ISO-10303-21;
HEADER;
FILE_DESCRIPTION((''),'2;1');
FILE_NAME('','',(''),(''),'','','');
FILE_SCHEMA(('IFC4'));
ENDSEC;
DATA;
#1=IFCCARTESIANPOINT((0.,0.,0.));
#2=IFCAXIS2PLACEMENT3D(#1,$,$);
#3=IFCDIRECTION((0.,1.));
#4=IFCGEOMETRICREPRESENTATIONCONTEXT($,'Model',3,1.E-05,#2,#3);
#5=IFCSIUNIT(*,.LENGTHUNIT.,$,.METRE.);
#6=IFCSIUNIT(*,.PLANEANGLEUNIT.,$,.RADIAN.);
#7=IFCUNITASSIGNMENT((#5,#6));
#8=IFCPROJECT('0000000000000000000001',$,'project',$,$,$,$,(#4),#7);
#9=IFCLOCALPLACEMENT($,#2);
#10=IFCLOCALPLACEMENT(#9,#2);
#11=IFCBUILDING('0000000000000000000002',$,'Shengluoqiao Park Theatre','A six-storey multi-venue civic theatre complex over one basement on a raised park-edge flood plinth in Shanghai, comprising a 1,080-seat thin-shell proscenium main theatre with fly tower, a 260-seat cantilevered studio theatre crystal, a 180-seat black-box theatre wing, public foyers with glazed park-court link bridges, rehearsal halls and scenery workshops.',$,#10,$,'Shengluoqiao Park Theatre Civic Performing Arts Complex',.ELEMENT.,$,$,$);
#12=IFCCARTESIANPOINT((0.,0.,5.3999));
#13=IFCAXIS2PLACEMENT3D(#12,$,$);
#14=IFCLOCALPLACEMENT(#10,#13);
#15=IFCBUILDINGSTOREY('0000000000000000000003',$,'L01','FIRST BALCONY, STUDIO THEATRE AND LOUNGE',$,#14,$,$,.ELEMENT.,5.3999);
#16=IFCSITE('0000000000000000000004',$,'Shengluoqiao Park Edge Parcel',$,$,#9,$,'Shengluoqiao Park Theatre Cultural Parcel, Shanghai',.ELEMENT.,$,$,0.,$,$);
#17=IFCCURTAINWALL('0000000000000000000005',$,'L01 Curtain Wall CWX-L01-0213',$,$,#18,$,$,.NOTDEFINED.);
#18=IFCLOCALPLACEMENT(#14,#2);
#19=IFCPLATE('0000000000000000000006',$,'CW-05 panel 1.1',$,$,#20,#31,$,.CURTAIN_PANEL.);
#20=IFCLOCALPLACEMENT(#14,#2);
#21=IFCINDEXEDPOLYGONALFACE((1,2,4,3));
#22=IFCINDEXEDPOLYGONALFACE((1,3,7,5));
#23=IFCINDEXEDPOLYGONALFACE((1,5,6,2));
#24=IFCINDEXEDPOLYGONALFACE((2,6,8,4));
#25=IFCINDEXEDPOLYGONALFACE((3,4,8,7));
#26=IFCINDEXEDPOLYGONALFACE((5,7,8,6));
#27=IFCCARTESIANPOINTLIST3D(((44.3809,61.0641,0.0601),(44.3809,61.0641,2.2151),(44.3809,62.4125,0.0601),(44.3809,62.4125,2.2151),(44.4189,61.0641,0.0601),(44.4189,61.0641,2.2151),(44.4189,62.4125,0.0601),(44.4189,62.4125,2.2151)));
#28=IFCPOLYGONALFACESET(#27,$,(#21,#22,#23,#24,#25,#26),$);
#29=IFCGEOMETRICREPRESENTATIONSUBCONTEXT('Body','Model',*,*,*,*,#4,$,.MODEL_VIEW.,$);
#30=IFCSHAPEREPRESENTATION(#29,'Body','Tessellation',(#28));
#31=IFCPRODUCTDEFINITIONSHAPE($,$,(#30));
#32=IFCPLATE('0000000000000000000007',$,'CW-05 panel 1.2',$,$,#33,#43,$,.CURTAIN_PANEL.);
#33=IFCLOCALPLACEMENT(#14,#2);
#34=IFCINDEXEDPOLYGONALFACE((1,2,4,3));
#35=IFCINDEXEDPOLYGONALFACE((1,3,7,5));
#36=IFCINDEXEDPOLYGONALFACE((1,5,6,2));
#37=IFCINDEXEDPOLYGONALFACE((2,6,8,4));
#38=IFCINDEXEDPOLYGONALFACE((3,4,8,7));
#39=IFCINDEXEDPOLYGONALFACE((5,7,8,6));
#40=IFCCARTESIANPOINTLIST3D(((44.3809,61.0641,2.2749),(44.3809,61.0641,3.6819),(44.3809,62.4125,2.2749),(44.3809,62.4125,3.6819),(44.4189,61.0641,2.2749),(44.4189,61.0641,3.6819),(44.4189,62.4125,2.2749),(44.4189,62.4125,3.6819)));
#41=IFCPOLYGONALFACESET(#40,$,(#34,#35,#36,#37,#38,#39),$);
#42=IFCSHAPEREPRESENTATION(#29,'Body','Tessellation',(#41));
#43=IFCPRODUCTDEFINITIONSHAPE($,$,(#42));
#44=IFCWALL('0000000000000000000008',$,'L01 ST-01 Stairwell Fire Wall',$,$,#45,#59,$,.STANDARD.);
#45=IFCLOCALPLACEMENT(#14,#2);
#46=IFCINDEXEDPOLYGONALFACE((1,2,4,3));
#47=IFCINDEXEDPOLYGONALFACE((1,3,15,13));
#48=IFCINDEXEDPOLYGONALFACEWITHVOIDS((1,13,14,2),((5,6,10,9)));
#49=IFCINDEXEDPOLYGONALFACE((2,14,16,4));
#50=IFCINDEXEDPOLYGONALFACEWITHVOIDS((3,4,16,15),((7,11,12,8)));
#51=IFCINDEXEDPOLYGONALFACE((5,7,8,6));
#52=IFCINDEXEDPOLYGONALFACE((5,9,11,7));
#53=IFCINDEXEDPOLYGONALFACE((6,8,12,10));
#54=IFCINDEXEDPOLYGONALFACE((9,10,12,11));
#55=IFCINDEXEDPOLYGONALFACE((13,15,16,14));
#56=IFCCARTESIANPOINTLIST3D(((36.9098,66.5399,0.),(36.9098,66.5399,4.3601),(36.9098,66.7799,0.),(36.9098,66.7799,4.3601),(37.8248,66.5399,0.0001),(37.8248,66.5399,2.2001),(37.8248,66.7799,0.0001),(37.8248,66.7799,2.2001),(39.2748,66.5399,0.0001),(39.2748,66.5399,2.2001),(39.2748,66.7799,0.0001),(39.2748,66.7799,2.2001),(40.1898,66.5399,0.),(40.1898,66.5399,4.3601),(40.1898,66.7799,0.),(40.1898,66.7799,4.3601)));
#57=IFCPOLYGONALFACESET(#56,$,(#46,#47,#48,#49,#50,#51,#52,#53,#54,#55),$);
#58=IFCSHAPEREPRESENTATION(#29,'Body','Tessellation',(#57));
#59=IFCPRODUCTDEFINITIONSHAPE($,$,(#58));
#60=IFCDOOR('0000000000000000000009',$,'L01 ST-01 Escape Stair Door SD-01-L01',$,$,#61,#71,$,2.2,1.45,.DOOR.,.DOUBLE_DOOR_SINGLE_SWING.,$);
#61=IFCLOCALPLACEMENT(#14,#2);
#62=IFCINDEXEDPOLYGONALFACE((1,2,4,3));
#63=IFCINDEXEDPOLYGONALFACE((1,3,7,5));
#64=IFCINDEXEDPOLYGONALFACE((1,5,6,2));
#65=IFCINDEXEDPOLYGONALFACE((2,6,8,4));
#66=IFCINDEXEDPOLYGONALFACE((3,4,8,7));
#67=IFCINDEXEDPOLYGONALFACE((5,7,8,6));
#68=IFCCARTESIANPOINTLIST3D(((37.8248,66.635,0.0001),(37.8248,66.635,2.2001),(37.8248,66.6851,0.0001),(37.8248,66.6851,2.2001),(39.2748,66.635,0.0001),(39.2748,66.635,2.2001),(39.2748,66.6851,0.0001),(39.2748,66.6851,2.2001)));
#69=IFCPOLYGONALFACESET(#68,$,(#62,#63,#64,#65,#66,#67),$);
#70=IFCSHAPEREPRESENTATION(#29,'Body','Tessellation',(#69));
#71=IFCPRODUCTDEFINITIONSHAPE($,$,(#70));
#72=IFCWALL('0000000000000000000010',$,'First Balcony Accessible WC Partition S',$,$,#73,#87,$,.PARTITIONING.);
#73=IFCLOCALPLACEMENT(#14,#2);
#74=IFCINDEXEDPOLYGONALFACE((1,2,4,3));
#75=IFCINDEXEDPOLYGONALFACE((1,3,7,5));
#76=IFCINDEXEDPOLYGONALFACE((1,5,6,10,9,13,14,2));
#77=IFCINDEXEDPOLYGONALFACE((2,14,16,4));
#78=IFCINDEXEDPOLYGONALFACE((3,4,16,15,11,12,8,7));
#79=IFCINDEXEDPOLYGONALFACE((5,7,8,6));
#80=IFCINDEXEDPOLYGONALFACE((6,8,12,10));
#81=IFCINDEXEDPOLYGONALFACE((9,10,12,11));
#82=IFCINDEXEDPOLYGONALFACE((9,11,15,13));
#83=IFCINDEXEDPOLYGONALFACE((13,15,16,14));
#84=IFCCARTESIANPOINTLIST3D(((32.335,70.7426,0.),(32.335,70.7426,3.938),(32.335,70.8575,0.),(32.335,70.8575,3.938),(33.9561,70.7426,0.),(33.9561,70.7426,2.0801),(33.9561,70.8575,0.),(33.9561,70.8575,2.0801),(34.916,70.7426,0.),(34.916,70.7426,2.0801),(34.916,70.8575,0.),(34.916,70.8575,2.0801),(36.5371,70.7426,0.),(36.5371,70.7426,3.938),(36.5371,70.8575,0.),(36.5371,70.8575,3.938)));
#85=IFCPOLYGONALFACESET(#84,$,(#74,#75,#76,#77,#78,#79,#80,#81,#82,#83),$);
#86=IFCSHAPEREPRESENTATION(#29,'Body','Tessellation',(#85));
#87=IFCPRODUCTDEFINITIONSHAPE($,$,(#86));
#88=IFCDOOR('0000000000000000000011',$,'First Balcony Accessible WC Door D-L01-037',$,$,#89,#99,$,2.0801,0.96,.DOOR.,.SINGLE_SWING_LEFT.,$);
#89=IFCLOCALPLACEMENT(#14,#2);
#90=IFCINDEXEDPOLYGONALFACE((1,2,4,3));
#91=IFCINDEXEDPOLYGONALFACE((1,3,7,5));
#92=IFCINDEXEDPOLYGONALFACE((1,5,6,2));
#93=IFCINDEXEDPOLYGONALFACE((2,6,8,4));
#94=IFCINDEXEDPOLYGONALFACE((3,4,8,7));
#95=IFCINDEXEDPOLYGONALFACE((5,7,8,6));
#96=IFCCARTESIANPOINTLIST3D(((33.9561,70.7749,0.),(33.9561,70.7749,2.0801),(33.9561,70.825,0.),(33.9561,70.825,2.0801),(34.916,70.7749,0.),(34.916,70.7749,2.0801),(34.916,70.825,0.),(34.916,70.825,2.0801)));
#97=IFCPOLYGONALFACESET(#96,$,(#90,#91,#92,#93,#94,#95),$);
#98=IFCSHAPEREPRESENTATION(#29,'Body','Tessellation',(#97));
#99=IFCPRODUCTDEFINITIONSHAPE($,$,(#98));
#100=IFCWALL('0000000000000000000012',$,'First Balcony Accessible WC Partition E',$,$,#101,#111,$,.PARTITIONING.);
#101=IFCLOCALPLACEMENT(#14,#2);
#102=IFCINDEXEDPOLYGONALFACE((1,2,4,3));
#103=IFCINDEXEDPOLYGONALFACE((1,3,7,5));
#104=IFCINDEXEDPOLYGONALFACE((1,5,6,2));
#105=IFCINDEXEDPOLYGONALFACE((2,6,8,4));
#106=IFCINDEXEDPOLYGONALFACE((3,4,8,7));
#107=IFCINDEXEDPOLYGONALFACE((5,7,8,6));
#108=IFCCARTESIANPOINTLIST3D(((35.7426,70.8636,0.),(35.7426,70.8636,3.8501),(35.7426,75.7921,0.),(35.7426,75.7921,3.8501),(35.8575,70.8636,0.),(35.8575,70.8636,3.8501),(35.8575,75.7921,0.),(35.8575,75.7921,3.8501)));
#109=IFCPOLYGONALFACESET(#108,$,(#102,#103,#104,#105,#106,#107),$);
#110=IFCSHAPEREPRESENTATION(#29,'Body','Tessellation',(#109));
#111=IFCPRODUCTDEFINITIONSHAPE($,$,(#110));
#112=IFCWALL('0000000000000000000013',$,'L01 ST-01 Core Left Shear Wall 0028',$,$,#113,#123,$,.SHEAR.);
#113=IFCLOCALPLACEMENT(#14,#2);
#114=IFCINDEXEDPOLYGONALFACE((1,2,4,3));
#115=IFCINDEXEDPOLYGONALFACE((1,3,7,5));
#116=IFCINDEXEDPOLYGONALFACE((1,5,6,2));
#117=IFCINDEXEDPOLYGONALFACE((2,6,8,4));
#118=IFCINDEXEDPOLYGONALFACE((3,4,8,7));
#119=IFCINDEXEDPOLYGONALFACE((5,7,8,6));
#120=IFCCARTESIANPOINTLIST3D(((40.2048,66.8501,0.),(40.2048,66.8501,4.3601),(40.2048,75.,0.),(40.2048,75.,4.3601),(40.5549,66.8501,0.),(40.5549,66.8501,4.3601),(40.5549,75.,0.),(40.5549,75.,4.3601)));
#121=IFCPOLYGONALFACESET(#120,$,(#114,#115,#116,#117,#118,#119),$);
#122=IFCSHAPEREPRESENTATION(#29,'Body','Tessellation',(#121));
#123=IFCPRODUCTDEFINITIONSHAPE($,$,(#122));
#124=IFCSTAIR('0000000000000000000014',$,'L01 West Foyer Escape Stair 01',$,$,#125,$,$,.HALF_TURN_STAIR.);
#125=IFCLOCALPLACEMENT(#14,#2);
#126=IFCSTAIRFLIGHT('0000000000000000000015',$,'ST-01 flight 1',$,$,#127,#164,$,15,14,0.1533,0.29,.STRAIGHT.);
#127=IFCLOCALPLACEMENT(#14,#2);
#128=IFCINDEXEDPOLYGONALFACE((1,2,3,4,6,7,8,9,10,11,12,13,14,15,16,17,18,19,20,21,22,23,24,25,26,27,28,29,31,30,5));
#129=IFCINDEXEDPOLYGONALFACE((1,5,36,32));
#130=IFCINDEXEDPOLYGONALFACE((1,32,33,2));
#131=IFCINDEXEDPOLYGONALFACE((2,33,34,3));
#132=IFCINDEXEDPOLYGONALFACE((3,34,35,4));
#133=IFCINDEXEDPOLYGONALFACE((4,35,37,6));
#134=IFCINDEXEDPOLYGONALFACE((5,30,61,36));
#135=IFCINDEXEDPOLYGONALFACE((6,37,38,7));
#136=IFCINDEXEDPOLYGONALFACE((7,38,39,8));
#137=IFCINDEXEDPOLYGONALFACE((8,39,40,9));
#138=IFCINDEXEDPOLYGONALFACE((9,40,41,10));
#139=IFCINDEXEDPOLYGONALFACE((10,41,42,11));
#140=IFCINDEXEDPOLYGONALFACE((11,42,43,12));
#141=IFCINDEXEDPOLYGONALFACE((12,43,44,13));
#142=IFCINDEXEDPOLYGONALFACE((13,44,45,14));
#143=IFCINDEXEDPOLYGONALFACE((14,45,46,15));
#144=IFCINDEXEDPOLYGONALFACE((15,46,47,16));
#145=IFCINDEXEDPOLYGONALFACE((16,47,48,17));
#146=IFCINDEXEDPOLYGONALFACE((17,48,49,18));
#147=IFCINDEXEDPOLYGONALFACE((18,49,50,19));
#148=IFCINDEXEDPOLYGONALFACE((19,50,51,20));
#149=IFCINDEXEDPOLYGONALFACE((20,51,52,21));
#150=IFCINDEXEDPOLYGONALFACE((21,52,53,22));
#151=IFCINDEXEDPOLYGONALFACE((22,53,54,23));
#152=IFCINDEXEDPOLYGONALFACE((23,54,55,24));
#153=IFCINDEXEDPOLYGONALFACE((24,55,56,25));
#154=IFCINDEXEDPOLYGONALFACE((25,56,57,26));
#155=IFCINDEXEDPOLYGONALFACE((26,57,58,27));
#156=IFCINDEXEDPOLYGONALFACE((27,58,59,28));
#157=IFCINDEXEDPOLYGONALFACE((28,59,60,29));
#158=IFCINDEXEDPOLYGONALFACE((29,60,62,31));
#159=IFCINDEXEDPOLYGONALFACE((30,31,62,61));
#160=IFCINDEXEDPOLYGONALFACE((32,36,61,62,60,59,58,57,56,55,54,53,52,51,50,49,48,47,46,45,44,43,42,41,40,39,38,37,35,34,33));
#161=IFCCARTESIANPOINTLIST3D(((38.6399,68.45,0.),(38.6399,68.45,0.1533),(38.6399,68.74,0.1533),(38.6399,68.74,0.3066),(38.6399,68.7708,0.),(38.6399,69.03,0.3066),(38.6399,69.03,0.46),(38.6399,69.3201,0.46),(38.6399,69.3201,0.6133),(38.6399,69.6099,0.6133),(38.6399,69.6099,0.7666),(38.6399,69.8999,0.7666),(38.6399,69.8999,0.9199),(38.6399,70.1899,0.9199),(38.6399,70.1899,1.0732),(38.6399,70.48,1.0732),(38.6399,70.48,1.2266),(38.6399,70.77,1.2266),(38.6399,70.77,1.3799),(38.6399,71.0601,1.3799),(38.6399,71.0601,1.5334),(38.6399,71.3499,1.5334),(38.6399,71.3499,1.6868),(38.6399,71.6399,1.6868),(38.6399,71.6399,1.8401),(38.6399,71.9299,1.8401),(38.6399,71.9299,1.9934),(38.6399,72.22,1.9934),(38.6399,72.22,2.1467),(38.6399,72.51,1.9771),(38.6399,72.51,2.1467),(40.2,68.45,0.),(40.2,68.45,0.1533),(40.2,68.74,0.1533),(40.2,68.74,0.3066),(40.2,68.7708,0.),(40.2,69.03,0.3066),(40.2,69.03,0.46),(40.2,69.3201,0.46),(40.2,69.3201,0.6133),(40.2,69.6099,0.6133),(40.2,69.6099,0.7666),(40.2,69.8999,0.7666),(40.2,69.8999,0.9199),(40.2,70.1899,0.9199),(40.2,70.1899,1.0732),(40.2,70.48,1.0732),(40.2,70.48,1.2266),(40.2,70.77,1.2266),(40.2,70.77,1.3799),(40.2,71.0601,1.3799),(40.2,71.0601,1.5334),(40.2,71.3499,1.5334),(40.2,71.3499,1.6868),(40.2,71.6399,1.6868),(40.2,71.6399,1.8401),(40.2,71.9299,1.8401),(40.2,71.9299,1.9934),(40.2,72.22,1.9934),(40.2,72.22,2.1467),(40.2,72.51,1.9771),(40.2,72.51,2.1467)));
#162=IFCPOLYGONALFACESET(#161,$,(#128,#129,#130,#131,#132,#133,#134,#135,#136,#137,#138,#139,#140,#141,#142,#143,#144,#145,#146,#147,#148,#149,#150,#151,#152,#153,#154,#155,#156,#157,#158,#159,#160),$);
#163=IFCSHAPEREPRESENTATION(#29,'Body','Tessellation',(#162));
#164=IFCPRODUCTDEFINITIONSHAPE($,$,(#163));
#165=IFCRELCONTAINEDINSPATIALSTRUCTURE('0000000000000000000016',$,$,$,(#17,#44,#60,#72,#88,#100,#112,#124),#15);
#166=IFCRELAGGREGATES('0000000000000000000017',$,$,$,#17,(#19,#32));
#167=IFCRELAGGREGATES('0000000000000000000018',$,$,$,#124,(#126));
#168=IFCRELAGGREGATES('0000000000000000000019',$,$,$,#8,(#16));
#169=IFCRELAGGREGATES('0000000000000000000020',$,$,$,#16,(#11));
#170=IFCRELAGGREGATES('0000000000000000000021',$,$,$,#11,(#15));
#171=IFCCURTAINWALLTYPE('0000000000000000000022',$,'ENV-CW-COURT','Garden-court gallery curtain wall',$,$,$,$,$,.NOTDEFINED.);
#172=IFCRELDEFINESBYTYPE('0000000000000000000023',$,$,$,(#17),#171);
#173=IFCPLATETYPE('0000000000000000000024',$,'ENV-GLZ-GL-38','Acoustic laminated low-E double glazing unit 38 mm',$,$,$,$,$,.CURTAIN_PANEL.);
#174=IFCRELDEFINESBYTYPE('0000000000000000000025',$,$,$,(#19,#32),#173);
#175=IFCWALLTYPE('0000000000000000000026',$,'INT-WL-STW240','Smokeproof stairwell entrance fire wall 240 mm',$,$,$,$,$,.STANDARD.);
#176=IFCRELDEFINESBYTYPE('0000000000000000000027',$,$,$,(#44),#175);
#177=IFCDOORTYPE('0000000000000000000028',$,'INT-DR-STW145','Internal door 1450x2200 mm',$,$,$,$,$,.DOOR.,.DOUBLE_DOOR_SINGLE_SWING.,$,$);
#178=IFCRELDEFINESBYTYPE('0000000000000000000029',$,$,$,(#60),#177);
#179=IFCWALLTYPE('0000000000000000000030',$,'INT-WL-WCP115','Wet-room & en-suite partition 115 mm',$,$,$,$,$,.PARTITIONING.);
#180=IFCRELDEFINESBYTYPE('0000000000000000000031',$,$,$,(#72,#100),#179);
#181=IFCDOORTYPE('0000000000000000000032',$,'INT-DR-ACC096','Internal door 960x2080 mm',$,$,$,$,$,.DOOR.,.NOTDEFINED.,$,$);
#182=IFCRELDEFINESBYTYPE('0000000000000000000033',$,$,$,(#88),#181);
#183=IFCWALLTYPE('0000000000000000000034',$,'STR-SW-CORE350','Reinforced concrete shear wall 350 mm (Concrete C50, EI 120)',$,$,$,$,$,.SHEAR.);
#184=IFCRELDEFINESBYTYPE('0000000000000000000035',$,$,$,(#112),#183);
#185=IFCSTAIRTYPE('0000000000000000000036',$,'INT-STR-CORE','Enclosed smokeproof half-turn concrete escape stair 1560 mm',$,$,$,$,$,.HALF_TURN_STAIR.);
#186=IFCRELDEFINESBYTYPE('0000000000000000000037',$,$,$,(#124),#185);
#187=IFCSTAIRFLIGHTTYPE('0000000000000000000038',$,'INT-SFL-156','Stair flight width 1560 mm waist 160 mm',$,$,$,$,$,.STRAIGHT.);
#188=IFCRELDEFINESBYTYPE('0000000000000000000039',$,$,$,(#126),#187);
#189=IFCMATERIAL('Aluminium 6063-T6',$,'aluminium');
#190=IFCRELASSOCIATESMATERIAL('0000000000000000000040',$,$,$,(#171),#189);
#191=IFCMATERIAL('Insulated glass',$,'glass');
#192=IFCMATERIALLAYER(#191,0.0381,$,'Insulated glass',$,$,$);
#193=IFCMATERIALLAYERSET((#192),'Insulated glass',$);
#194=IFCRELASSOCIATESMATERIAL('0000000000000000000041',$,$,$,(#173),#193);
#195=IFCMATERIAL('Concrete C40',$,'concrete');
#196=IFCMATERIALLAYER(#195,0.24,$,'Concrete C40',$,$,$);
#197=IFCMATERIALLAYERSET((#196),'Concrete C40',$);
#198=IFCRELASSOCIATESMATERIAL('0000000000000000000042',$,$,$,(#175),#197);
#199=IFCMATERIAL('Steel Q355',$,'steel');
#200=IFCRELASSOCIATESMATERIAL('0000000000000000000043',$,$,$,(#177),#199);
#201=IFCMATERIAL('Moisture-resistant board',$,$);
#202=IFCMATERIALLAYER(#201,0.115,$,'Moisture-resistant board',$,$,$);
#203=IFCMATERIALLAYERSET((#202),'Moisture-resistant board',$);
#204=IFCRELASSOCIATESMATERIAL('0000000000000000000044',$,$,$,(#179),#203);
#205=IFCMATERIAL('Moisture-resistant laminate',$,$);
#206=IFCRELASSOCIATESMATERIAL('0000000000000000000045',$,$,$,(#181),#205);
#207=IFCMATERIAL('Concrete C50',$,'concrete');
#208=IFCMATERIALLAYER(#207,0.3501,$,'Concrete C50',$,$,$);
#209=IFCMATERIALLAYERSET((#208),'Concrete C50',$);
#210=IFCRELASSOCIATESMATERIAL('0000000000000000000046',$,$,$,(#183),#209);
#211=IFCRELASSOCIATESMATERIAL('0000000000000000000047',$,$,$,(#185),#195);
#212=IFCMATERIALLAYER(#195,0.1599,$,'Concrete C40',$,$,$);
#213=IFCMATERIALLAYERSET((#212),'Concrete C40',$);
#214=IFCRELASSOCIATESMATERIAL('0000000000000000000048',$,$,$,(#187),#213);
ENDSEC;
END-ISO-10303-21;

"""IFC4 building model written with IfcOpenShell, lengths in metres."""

from ifc_helpers import new_model, si_unit, direction, frame, frame_2d, origin, origin_2d, place, context, subcontext, project, spatial, polyline, rectangle, outline, extrude, material, layer, layer_set, type_object, element, fill, aggregate, save


model = new_model("IFC4")

# Units and contexts
model_context = context("Model", 3, precision=1e-05, world=origin(), true_north=direction((0.0, 1.0)))
body_context = subcontext(model_context, "Body", "Model", "MODEL_VIEW")
ifc_project = project(units=[si_unit("LENGTHUNIT", "METRE"), si_unit("PLANEANGLEUNIT", "RADIAN")], contexts=[model_context])

# Site, building, storey
site_placement = place(None, origin())
site = spatial("IfcSite", under=ifc_project, at=site_placement, Name="Shengluoqiao Park Edge Parcel", LongName="Shengluoqiao Park Theatre Cultural Parcel, Shanghai", CompositionType="ELEMENT", RefElevation=0.0)
building_placement = place(site_placement, origin())
building = spatial("IfcBuilding", under=site, at=building_placement, Name="Shengluoqiao Park Theatre", Description="A six-storey multi-venue civic theatre complex over one basement on a raised park-edge flood plinth in Shanghai, comprising a 1,080-seat thin-shell proscenium main theatre with fly tower, a 260-seat cantilevered studio theatre crystal, a 180-seat black-box theatre wing, public foyers with glazed park-court link bridges, rehearsal halls and scenery workshops.", LongName="Shengluoqiao Park Theatre Civic Performing Arts Complex", CompositionType="ELEMENT")
storey_placement = place(building_placement, frame((0.0, 0.0, 5.3999)))
storey = spatial("IfcBuildingStorey", under=building, at=storey_placement, Name="L01", Description="FIRST BALCONY, STUDIO THEATRE AND LOUNGE", CompositionType="ELEMENT", Elevation=5.3999)

# Shared definitions
ifc_material_1 = material(Name="Steel Q355", Category="steel")

# Curtain wall
ifc_material_2 = material(Name="Aluminium 6063-T6", Category="aluminium")
curtain_wall_type = type_object("IfcCurtainWallType", Name="ENV-CW-COURT", Description="Garden-court gallery curtain wall", PredefinedType="NOTDEFINED", material=ifc_material_2)
curtain_wall_placement = place(storey_placement, origin())
curtain_wall = element("IfcCurtainWall", 1, at=curtain_wall_placement, inside=storey, type_object=curtain_wall_type, Name="L01 Curtain Wall CWX-L01-0213", PredefinedType="NOTDEFINED")

# Plates
ifc_material_3 = material(Name="Insulated glass", Category="glass")
ifc_layer_1 = layer(ifc_material_3, 0.0381, Name="Insulated glass")
ifc_layer_set_1 = layer_set([ifc_layer_1], Name="Insulated glass")
plate_type = type_object("IfcPlateType", Name="ENV-GLZ-GL-38", Description="Acoustic laminated low-E double glazing unit 38 mm", PredefinedType="CURTAIN_PANEL", material=ifc_layer_set_1)
plate_1_placement = place(storey_placement, frame((44.3999, 61.7383, 0.0601), z_axis=(0.0, 0.0, 1.0), x_axis=(0.0, 1.0, 0.0)))
plate_1 = element("IfcPlate", 2, at=plate_1_placement, type_object=plate_type, Name="CW-05 panel 1.1", PredefinedType="CURTAIN_PANEL", context=body_context, shape_type="SweptSolid", body=[
    extrude(rectangle(XDim=1.3484, YDim=0.0381, at=origin_2d()), origin(), (0.0, 0.0, 1.0), 2.155),
])
plate_2_placement = place(storey_placement, frame((44.3999, 61.7383, 2.2749), z_axis=(0.0, 0.0, 1.0), x_axis=(0.0, 1.0, 0.0)))
plate_2 = element("IfcPlate", 3, at=plate_2_placement, type_object=plate_type, Name="CW-05 panel 1.2", PredefinedType="CURTAIN_PANEL", context=body_context, shape_type="SweptSolid", body=[
    extrude(rectangle(XDim=1.3484, YDim=0.0381, at=origin_2d()), origin(), (0.0, 0.0, 1.0), 1.407),
])
aggregate(curtain_wall, [plate_1, plate_2])

# Walls, openings, doors
ifc_material_4 = material(Name="Concrete C40", Category="concrete")
ifc_layer_2 = layer(ifc_material_4, 0.24, Name="Concrete C40")
ifc_layer_set_2 = layer_set([ifc_layer_2], Name="Concrete C40")
wall_type_1 = type_object("IfcWallType", Name="INT-WL-STW240", Description="Smokeproof stairwell entrance fire wall 240 mm", PredefinedType="STANDARD", material=ifc_layer_set_2)
wall_1_placement = place(storey_placement, frame((40.1899, 66.6599, 0.0), z_axis=(0.0, 0.0, 1.0), x_axis=(-1.0, 0.0, 0.0)))
wall_1 = element("IfcWall", 4, at=wall_1_placement, inside=storey, type_object=wall_type_1, Name="L01 ST-01 Stairwell Fire Wall", PredefinedType="STANDARD", context=body_context, shape_type="SweptSolid", body=[
    extrude(rectangle(XDim=3.28, YDim=0.24, at=frame_2d((1.6401, 0.0))), origin(), (0.0, 0.0, 1.0), 4.3601),
])
opening_1_placement = place(wall_1_placement, frame((0.915, 0.0, 0.0)))
opening_1 = element("IfcOpeningElement", 5, at=opening_1_placement, cuts=wall_1, PredefinedType="OPENING", context=body_context, shape_type="SweptSolid", body=[
    extrude(rectangle(XDim=1.45, YDim=2.2, at=frame_2d((0.7251, 1.1001))), frame((0.0, 0.1299, 0.0), z_axis=(0.0, -1.0, 0.0), x_axis=(1.0, 0.0, 0.0)), (0.0, 0.0, 1.0), 0.26),
])
door_type_1 = type_object("IfcDoorType", Name="INT-DR-STW145", Description="Internal door 1450x2200 mm", OperationType="DOUBLE_DOOR_SINGLE_SWING", PredefinedType="DOOR", material=ifc_material_1)
door_1_placement = place(opening_1_placement, origin())
door_1 = element("IfcDoor", 6, at=door_1_placement, inside=storey, type_object=door_type_1, Name="L01 ST-01 Escape Stair Door SD-01-L01", OperationType="DOUBLE_DOOR_SINGLE_SWING", OverallHeight=2.2, OverallWidth=1.45, PredefinedType="DOOR", context=body_context, shape_type="SweptSolid", body=[
    extrude(rectangle(XDim=1.45, YDim=2.2, at=frame_2d((0.7251, 1.1001))), frame((0.0, 0.0249, 0.0), z_axis=(0.0, -1.0, 0.0), x_axis=(1.0, 0.0, 0.0)), (0.0, 0.0, 1.0), 0.05),
])
fill(opening_1, door_1)
ifc_material_5 = material(Name="Moisture-resistant board")
ifc_layer_3 = layer(ifc_material_5, 0.115, Name="Moisture-resistant board")
ifc_layer_set_3 = layer_set([ifc_layer_3], Name="Moisture-resistant board")
wall_type_2 = type_object("IfcWallType", Name="INT-WL-WCP115", Description="Wet-room & en-suite partition 115 mm", PredefinedType="PARTITIONING", material=ifc_layer_set_3)
wall_2_placement = place(storey_placement, frame((32.335, 70.8, 0.0), z_axis=(0.0, 0.0, 1.0), x_axis=(1.0, 0.0, 0.0)))
wall_2 = element("IfcWall", 7, at=wall_2_placement, inside=storey, type_object=wall_type_2, Name="First Balcony Accessible WC Partition S", PredefinedType="PARTITIONING", context=body_context, shape_type="SweptSolid", body=[
    extrude(rectangle(XDim=4.2021, YDim=0.115, at=frame_2d((2.1011, 0.0))), origin(), (0.0, 0.0, 1.0), 3.938),
])
opening_2_placement = place(wall_2_placement, frame((1.6211, 0.0, 0.0)))
opening_2 = element("IfcOpeningElement", 8, at=opening_2_placement, cuts=wall_2, PredefinedType="OPENING", context=body_context, shape_type="SweptSolid", body=[
    extrude(rectangle(XDim=0.96, YDim=2.0801, at=frame_2d((0.48, 1.04))), frame((0.0, 0.0674, 0.0), z_axis=(0.0, -1.0, 0.0), x_axis=(1.0, 0.0, 0.0)), (0.0, 0.0, 1.0), 0.135),
])
ifc_material_6 = material(Name="Moisture-resistant laminate")
door_type_2 = type_object("IfcDoorType", Name="INT-DR-ACC096", Description="Internal door 960x2080 mm", OperationType="NOTDEFINED", PredefinedType="DOOR", material=ifc_material_6)
door_2_placement = place(opening_2_placement, origin())
door_2 = element("IfcDoor", 9, at=door_2_placement, inside=storey, type_object=door_type_2, Name="First Balcony Accessible WC Door D-L01-037", OperationType="SINGLE_SWING_LEFT", OverallHeight=2.0801, OverallWidth=0.96, PredefinedType="DOOR", context=body_context, shape_type="SweptSolid", body=[
    extrude(rectangle(XDim=0.96, YDim=2.0801, at=frame_2d((0.48, 1.04))), frame((0.0, 0.0249, 0.0), z_axis=(0.0, -1.0, 0.0), x_axis=(1.0, 0.0, 0.0)), (0.0, 0.0, 1.0), 0.05),
])
fill(opening_2, door_2)

# Walls
wall_3_placement = place(storey_placement, frame((35.8, 70.8635, 0.0), z_axis=(0.0, 0.0, 1.0), x_axis=(0.0, 1.0, 0.0)))
element("IfcWall", 10, at=wall_3_placement, inside=storey, type_object=wall_type_2, Name="First Balcony Accessible WC Partition E", PredefinedType="PARTITIONING", context=body_context, shape_type="SweptSolid", body=[
    extrude(rectangle(XDim=4.9285, YDim=0.115, at=frame_2d((2.4644, 0.0))), origin(), (0.0, 0.0, 1.0), 3.8501),
])
ifc_material_7 = material(Name="Concrete C50", Category="concrete")
ifc_layer_4 = layer(ifc_material_7, 0.3501, Name="Concrete C50")
ifc_layer_set_4 = layer_set([ifc_layer_4], Name="Concrete C50")
wall_type_3 = type_object("IfcWallType", Name="STR-SW-CORE350", Description="Reinforced concrete shear wall 350 mm (Concrete C50, EI 120)", PredefinedType="SHEAR", material=ifc_layer_set_4)
wall_4_placement = place(storey_placement, frame((40.3799, 66.8501, 0.0), z_axis=(0.0, 0.0, 1.0), x_axis=(0.0, 1.0, 0.0)))
element("IfcWall", 11, at=wall_4_placement, inside=storey, type_object=wall_type_3, Name="L01 ST-01 Core Left Shear Wall 0028", PredefinedType="SHEAR", context=body_context, shape_type="SweptSolid", body=[
    extrude(rectangle(XDim=8.1499, YDim=0.3501, at=frame_2d((4.075, 0.0))), origin(), (0.0, 0.0, 1.0), 4.3601),
])

# Stair, stair flight
stair_type = type_object("IfcStairType", Name="INT-STR-CORE", Description="Enclosed smokeproof half-turn concrete escape stair 1560 mm", PredefinedType="HALF_TURN_STAIR", material=ifc_material_4)
stair_placement = place(storey_placement, origin())
stair = element("IfcStair", 12, at=stair_placement, inside=storey, type_object=stair_type, Name="L01 West Foyer Escape Stair 01", PredefinedType="HALF_TURN_STAIR")
ifc_layer_5 = layer(ifc_material_4, 0.1599, Name="Concrete C40")
ifc_layer_set_5 = layer_set([ifc_layer_5], Name="Concrete C40")
stair_flight_type = type_object("IfcStairFlightType", Name="INT-SFL-156", Description="Stair flight width 1560 mm waist 160 mm", PredefinedType="STRAIGHT", material=ifc_layer_set_5)
stair_flight_1_placement = place(storey_placement, frame((39.4199, 68.45, 0.0), z_axis=(0.0, 0.0, 1.0), x_axis=(0.0, 1.0, 0.0)))
stair_flight_1 = element("IfcStairFlight", 13, at=stair_flight_1_placement, type_object=stair_flight_type, Name="ST-01 flight 1", NumberOfRisers=15, NumberOfTreads=14, PredefinedType="STRAIGHT", RiserHeight=0.1533, TreadLength=0.29, context=body_context, shape_type="SweptSolid", body=[
    extrude(outline(polyline([(0.0, 0.0), (0.0, 0.1533), (0.29, 0.1533), (0.29, 0.3066), (0.5801, 0.3066), (0.5801, 0.46), (0.8701, 0.46), (0.8701, 0.6133), (1.1599, 0.6133), (1.1599, 0.7666), (1.45, 0.7666), (1.45, 0.9199), (1.74, 0.9199), (1.74, 1.0732), (2.03, 1.0732), (2.03, 1.2266), (2.3201, 1.2266), (2.3201, 1.3799), (2.6101, 1.3799), (2.6101, 1.5334), (2.8999, 1.5334), (2.8999, 1.6868), (3.1899, 1.6868), (3.1899, 1.8401), (3.48, 1.8401), (3.48, 1.9934), (3.77, 1.9934), (3.77, 2.1467), (4.0601, 2.1467), (4.0601, 2.3), (4.0601, 1.9771), (0.3208, 0.0), (0.0, 0.0)])), frame((0.0, 0.78, 0.0), z_axis=(0.0, -1.0, 0.0), x_axis=(1.0, 0.0, 0.0)), (0.0, 0.0, 1.0), 1.5601),
])
aggregate(stair, [stair_flight_1])

save(model, "model.ifc")
